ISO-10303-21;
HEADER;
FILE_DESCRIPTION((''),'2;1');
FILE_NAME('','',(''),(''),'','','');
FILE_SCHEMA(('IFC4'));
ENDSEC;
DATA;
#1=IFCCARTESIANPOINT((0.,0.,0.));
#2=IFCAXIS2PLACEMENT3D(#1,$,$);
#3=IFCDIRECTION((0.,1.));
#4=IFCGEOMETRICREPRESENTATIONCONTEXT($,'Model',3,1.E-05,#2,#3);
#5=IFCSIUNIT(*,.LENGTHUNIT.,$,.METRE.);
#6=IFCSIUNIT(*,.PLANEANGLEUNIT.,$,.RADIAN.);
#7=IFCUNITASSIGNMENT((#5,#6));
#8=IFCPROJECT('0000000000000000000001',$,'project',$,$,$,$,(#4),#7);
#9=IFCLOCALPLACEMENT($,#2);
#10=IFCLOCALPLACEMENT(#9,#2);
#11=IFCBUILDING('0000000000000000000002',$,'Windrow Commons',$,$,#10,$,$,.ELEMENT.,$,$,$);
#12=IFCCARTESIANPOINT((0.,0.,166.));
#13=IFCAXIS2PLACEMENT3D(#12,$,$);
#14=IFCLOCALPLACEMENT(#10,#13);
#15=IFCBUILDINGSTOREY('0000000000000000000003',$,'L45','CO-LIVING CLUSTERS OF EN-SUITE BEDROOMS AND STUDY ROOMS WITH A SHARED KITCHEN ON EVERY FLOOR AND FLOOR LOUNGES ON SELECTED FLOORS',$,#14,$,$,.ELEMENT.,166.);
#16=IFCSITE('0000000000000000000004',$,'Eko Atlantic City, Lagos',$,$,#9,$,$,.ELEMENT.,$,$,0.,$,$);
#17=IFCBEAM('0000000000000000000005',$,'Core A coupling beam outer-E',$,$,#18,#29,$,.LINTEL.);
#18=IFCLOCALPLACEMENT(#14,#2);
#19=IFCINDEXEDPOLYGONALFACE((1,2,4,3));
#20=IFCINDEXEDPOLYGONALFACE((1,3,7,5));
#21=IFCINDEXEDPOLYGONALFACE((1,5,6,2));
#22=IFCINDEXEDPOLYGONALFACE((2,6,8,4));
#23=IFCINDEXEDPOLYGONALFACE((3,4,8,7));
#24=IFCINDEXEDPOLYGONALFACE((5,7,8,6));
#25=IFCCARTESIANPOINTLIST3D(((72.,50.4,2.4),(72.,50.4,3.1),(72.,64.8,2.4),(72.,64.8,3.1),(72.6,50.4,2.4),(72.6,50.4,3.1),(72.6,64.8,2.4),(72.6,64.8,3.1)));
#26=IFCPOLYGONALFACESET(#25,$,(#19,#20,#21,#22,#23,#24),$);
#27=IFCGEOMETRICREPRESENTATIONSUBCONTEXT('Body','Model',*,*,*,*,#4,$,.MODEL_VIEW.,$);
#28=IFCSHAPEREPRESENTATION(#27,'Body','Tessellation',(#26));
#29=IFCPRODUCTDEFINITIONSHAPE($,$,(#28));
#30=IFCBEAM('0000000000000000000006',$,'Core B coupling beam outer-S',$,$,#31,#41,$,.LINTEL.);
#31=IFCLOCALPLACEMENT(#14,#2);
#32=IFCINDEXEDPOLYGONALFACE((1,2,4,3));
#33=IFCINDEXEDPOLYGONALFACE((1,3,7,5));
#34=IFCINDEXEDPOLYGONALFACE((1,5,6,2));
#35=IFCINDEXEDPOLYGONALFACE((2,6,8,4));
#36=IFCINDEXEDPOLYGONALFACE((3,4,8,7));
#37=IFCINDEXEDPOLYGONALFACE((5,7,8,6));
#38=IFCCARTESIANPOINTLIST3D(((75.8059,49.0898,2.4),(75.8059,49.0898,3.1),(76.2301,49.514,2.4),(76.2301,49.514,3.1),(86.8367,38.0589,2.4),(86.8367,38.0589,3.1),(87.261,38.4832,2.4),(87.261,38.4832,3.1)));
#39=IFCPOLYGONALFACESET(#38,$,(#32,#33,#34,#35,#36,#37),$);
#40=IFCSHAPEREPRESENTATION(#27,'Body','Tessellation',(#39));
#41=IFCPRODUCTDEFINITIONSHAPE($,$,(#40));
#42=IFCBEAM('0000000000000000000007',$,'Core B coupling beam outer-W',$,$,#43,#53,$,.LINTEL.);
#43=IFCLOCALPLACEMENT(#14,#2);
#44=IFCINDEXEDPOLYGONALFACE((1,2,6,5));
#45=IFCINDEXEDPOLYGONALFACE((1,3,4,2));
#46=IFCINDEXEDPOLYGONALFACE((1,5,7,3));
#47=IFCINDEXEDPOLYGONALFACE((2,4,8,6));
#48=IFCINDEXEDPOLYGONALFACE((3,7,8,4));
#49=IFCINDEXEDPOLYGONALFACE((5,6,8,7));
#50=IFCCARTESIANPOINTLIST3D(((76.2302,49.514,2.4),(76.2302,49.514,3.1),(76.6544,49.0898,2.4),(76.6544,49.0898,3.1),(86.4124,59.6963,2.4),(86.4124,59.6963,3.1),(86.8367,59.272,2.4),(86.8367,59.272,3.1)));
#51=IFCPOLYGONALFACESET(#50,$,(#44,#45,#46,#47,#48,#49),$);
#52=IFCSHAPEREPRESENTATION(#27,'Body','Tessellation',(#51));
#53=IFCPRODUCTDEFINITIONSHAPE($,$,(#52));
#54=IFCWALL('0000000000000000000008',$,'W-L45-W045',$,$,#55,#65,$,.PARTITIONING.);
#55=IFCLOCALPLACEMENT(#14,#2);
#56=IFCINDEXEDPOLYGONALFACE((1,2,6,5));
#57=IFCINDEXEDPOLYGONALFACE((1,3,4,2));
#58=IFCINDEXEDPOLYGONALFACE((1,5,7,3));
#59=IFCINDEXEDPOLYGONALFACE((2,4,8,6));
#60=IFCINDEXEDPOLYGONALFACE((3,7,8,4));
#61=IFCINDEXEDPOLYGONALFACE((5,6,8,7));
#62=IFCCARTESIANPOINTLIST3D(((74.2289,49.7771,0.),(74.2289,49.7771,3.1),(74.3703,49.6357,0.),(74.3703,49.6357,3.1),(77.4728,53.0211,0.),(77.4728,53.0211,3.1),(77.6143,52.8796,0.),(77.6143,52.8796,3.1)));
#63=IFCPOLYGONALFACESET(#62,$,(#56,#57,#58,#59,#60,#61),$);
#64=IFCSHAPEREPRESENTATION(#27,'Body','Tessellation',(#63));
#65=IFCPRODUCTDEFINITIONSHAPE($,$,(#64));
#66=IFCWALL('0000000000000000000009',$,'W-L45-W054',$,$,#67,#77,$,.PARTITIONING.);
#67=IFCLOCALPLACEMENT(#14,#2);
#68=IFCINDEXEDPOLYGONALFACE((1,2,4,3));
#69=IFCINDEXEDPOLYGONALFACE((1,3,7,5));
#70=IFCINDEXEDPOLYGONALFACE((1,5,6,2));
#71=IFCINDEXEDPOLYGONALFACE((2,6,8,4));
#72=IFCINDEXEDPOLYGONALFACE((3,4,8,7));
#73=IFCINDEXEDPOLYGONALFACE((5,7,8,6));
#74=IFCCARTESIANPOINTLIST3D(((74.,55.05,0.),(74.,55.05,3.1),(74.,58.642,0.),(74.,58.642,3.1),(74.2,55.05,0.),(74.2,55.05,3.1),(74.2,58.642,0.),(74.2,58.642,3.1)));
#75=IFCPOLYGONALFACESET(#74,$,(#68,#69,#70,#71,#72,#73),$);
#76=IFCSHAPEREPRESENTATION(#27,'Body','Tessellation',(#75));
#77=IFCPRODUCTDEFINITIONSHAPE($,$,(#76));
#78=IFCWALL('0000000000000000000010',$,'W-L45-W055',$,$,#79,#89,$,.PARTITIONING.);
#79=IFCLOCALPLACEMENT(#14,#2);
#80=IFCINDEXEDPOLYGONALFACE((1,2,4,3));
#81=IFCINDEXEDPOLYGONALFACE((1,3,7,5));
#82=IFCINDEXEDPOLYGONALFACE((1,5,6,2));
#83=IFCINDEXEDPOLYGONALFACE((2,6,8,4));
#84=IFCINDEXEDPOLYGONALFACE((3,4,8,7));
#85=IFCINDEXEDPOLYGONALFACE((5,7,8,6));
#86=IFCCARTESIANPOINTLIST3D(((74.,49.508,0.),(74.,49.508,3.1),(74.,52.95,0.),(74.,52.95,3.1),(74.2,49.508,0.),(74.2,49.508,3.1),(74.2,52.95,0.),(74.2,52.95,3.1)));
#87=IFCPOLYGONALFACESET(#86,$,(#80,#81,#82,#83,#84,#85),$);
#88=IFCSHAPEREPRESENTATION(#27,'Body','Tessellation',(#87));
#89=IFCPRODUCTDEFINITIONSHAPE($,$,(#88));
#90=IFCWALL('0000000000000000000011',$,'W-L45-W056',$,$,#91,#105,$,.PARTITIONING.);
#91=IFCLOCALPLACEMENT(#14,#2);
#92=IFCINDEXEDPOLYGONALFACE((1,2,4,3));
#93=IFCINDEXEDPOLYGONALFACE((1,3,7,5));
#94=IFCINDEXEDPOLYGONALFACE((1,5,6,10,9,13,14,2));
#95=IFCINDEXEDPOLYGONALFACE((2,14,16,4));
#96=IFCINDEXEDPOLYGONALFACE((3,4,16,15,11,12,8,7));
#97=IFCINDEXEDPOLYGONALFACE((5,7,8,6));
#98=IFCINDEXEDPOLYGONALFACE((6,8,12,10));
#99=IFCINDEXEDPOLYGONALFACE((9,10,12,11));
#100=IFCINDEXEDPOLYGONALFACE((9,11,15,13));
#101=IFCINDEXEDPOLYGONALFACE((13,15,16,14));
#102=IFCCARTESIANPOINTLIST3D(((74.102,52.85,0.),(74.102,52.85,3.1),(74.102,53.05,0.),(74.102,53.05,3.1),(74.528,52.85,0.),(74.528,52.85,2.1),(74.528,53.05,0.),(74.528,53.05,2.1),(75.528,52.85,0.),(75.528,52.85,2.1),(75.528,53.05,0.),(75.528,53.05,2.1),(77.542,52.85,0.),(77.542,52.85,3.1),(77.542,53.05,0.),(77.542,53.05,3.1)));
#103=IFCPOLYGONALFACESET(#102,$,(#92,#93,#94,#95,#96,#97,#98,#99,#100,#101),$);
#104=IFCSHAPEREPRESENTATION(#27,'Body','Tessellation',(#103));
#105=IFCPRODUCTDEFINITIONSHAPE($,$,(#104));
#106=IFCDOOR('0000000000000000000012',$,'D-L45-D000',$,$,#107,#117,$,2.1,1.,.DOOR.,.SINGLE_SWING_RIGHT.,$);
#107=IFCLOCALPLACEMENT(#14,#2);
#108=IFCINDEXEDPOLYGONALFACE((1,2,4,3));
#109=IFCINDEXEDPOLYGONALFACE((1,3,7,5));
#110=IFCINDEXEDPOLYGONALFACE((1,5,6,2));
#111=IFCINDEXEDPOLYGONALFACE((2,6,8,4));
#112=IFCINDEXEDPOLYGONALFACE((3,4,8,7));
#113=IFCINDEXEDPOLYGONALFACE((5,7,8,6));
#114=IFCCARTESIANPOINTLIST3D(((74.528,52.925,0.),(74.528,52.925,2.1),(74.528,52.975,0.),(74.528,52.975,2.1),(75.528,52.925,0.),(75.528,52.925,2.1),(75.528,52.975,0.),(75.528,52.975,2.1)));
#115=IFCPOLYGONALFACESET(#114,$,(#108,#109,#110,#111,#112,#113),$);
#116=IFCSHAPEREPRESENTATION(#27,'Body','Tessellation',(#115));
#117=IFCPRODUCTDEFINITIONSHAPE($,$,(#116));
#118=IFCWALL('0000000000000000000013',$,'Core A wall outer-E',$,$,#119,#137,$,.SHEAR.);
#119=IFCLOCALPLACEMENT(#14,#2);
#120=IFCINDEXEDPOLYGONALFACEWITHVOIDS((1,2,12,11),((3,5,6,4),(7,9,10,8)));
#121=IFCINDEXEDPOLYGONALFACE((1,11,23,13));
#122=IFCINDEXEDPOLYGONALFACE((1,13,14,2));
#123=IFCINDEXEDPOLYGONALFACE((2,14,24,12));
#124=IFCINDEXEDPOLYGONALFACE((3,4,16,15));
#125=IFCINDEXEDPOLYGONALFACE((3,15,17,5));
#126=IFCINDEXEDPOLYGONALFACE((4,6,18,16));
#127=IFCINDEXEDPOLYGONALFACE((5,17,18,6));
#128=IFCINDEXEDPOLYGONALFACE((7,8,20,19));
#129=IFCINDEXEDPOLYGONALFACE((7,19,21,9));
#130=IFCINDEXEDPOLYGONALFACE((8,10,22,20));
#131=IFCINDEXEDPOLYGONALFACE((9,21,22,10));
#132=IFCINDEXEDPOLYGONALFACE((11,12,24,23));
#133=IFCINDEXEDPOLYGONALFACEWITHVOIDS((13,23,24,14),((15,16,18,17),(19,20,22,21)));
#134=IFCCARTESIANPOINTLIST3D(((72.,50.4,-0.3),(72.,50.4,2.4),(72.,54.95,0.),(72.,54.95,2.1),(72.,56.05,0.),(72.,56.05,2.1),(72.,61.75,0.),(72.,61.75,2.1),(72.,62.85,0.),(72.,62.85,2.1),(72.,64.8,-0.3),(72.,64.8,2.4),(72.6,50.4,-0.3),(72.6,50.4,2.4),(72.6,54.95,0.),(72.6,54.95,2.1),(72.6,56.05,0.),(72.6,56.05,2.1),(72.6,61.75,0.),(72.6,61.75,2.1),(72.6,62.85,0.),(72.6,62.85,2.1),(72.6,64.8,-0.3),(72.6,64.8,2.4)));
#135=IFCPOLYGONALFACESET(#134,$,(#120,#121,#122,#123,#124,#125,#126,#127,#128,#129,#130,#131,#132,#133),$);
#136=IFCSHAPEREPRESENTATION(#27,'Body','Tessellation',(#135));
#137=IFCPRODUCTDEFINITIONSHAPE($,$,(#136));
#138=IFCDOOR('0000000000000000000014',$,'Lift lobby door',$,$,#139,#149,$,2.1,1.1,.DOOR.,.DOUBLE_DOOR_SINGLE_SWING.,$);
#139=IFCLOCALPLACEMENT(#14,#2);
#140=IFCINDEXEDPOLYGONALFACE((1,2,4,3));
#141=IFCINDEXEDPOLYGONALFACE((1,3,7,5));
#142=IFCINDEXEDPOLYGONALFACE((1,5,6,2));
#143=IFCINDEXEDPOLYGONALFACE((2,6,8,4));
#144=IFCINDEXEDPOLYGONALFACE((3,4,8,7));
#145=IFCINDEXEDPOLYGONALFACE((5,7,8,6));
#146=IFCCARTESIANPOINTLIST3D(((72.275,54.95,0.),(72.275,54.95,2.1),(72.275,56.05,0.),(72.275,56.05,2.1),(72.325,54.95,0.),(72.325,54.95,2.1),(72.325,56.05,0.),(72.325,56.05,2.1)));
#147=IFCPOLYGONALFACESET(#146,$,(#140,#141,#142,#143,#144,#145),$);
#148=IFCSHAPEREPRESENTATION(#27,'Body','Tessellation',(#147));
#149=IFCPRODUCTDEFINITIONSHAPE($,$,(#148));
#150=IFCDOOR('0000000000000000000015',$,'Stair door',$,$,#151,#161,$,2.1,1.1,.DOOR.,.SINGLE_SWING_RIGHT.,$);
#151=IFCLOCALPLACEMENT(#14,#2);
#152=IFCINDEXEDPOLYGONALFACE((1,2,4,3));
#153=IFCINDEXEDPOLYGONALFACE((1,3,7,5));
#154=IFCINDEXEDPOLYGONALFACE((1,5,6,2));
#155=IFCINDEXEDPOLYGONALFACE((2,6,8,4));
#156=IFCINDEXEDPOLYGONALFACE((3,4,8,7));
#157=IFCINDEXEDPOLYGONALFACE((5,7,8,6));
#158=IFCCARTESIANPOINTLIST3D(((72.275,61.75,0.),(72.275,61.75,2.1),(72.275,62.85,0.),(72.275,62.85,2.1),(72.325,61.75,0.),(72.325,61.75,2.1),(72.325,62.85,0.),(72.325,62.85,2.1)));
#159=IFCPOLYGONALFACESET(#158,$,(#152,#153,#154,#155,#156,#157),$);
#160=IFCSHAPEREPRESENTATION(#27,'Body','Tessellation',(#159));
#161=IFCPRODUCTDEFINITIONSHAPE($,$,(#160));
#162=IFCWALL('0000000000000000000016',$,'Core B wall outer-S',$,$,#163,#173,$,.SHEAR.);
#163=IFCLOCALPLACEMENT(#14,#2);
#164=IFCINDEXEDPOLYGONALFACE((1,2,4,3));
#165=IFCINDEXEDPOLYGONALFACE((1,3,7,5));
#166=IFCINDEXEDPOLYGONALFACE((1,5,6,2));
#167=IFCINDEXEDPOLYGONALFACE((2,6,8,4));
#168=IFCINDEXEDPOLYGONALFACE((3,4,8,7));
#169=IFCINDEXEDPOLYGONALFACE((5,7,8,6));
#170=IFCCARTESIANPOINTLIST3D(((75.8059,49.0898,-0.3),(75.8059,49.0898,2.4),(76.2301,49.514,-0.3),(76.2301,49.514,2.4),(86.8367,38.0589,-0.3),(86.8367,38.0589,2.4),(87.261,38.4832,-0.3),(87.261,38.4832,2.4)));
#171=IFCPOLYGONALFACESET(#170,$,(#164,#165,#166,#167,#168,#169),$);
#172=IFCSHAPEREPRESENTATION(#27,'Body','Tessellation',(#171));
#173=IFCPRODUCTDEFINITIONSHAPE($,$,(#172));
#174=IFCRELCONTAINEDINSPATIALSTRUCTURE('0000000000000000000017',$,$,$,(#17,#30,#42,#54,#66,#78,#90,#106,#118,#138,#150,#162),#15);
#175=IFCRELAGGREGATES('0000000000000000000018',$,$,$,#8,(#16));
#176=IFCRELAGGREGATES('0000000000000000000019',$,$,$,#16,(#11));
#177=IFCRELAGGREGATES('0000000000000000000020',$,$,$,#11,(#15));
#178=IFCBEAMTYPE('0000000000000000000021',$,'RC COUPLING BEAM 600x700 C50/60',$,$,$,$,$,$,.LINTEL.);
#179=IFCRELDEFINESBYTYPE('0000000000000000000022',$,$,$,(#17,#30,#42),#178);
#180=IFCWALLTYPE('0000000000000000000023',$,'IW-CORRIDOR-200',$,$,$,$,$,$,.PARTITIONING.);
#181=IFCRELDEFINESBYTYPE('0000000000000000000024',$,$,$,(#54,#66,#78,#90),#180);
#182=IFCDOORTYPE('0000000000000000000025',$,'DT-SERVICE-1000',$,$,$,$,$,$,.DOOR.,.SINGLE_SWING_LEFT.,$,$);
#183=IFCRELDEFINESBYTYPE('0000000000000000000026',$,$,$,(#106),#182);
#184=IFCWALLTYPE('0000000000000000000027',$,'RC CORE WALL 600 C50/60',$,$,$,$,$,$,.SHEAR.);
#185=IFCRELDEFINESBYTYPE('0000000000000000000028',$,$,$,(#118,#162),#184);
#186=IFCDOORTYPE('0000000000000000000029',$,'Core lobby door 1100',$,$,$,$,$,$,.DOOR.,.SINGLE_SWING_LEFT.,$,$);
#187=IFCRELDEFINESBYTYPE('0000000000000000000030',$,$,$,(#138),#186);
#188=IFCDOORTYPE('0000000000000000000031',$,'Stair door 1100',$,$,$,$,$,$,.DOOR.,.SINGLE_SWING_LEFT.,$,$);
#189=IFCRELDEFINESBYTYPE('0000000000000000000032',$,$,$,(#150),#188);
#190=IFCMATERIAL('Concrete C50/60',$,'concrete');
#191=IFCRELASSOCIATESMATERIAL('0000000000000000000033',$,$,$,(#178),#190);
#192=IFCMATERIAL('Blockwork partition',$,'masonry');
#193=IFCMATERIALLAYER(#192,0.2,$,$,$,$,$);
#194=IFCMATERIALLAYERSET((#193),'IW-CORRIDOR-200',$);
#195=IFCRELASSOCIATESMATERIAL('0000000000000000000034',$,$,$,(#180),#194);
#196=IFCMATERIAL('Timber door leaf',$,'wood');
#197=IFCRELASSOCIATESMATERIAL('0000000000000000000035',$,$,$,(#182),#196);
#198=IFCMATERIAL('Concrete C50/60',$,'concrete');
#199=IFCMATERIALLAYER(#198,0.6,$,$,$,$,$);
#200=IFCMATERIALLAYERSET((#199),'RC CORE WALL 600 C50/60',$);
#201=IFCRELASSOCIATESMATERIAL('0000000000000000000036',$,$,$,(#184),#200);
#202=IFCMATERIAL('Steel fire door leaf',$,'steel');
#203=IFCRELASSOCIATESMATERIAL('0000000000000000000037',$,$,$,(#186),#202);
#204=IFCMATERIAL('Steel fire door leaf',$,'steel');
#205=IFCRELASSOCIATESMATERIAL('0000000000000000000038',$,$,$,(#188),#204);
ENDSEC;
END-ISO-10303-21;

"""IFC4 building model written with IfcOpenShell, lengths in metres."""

from ifc_helpers import new_model, si_unit, direction, frame, frame_2d, origin, origin_2d, place, context, subcontext, project, spatial, rectangle, extrude, material, layer, layer_set, material_profile, profile_set, type_object, element, fill, save


model = new_model("IFC4")

# Units and contexts
model_context = context("Model", 3, precision=1e-05, world=origin(), true_north=direction((0.0, 1.0)))
body_context = subcontext(model_context, "Body", "Model", "MODEL_VIEW")
ifc_project = project(units=[si_unit("LENGTHUNIT", "METRE"), si_unit("PLANEANGLEUNIT", "RADIAN")], contexts=[model_context])

# Site, building, storey
site_placement = place(None, origin())
site = spatial("IfcSite", under=ifc_project, at=site_placement, Name="Eko Atlantic City, Lagos", CompositionType="ELEMENT", RefElevation=0.0)
building_placement = place(site_placement, origin())
building = spatial("IfcBuilding", under=site, at=building_placement, Name="Windrow Commons", CompositionType="ELEMENT")
storey_placement = place(building_placement, frame((0.0, 0.0, 166.0)))
storey = spatial("IfcBuildingStorey", under=building, at=storey_placement, Name="L45", Description="CO-LIVING CLUSTERS OF EN-SUITE BEDROOMS AND STUDY ROOMS WITH A SHARED KITCHEN ON EVERY FLOOR AND FLOOR LOUNGES ON SELECTED FLOORS", CompositionType="ELEMENT", Elevation=166.0)

# Beams
ifc_material_1 = material(Name="Concrete C50/60", Category="concrete")
ifc_material_profile = material_profile(ifc_material_1, rectangle(XDim=0.6, YDim=0.7, at=origin_2d()))
ifc_profile_set = profile_set([ifc_material_profile], Name="Concrete C50/60")
beam_type = type_object("IfcBeamType", Name="RC COUPLING BEAM 600x700 C50/60", PredefinedType="LINTEL", material=ifc_profile_set)
beam_1_placement = place(storey_placement, frame((72.3, 50.4, 2.75), z_axis=(0.0, 1.0, 0.0), x_axis=(-1.0, 0.0, 0.0)))
element("IfcBeam", 1, at=beam_1_placement, inside=storey, type_object=beam_type, Name="Core A coupling beam outer-E", PredefinedType="LINTEL", context=body_context, shape_type="SweptSolid", body=[
    extrude(rectangle(XDim=0.6, YDim=0.7, at=origin_2d()), origin(), (0.0, 0.0, 1.0), 14.4),
])
beam_2_placement = place(storey_placement, frame((76.018, 49.3019, 2.75), z_axis=(0.707107, -0.707107, 0.0), x_axis=(0.707107, 0.707107, 0.0)))
element("IfcBeam", 2, at=beam_2_placement, inside=storey, type_object=beam_type, Name="Core B coupling beam outer-S", PredefinedType="LINTEL", context=body_context, shape_type="SweptSolid", body=[
    extrude(rectangle(XDim=0.6, YDim=0.7, at=origin_2d()), origin(), (0.0, 0.0, 1.0), 15.6),
])
beam_3_placement = place(storey_placement, frame((76.4423, 49.3019, 2.75), z_axis=(0.707107, 0.707107, 0.0), x_axis=(-0.707107, 0.707107, 0.0)))
element("IfcBeam", 3, at=beam_3_placement, inside=storey, type_object=beam_type, Name="Core B coupling beam outer-W", PredefinedType="LINTEL", context=body_context, shape_type="SweptSolid", body=[
    extrude(rectangle(XDim=0.6, YDim=0.7, at=origin_2d()), origin(), (0.0, 0.0, 1.0), 14.3999),
])

# Walls
ifc_material_2 = material(Name="Blockwork partition", Category="masonry")
ifc_layer_1 = layer(ifc_material_2, 0.2)
ifc_layer_set_1 = layer_set([ifc_layer_1], Name="IW-CORRIDOR-200")
wall_type_1 = type_object("IfcWallType", Name="IW-CORRIDOR-200", PredefinedType="PARTITIONING", material=ifc_layer_set_1)
wall_1_placement = place(storey_placement, frame((74.2996, 49.7064, 0.0), z_axis=(0.0, 0.0, 1.0), x_axis=(0.707107, 0.707107, 0.0)))
element("IfcWall", 4, at=wall_1_placement, inside=storey, type_object=wall_type_1, Name="W-L45-W045", PredefinedType="PARTITIONING", context=body_context, shape_type="SweptSolid", body=[
    extrude(rectangle(XDim=4.5877, YDim=0.2, at=frame_2d((2.2938, 0.0))), origin(), (0.0, 0.0, 1.0), 3.1),
])
wall_2_placement = place(storey_placement, frame((74.1, 55.05, 0.0), z_axis=(0.0, 0.0, 1.0), x_axis=(0.0, 1.0, 0.0)))
element("IfcWall", 5, at=wall_2_placement, inside=storey, type_object=wall_type_1, Name="W-L45-W054", PredefinedType="PARTITIONING", context=body_context, shape_type="SweptSolid", body=[
    extrude(rectangle(XDim=3.592, YDim=0.2, at=frame_2d((1.796, 0.0))), origin(), (0.0, 0.0, 1.0), 3.1),
])
wall_3_placement = place(storey_placement, frame((74.1, 49.508, 0.0), z_axis=(0.0, 0.0, 1.0), x_axis=(0.0, 1.0, 0.0)))
element("IfcWall", 6, at=wall_3_placement, inside=storey, type_object=wall_type_1, Name="W-L45-W055", PredefinedType="PARTITIONING", context=body_context, shape_type="SweptSolid", body=[
    extrude(rectangle(XDim=3.442, YDim=0.2, at=frame_2d((1.721, 0.0))), origin(), (0.0, 0.0, 1.0), 3.1),
])

# Wall, opening, door
wall_4_placement = place(storey_placement, frame((74.102, 52.95, 0.0), z_axis=(0.0, 0.0, 1.0), x_axis=(1.0, 0.0, 0.0)))
wall_4 = element("IfcWall", 7, at=wall_4_placement, inside=storey, type_object=wall_type_1, Name="W-L45-W056", PredefinedType="PARTITIONING", context=body_context, shape_type="SweptSolid", body=[
    extrude(rectangle(XDim=3.44, YDim=0.2, at=frame_2d((1.72, 0.0))), origin(), (0.0, 0.0, 1.0), 3.1),
])
opening_1_placement = place(wall_4_placement, frame((0.426, 0.0, 0.0)))
opening_1 = element("IfcOpeningElement", 8, at=opening_1_placement, cuts=wall_4, PredefinedType="OPENING", context=body_context, shape_type="SweptSolid", body=[
    extrude(rectangle(XDim=1.0, YDim=2.1, at=frame_2d((0.5, 1.05))), frame((0.0, 0.11, 0.0), z_axis=(0.0, -1.0, 0.0), x_axis=(1.0, 0.0, 0.0)), (0.0, 0.0, 1.0), 0.22),
])
ifc_material_3 = material(Name="Timber door leaf", Category="wood")
door_type_1 = type_object("IfcDoorType", Name="DT-SERVICE-1000", OperationType="SINGLE_SWING_LEFT", PredefinedType="DOOR", material=ifc_material_3)
door_1_placement = place(opening_1_placement, origin())
door_1 = element("IfcDoor", 9, at=door_1_placement, inside=storey, type_object=door_type_1, Name="D-L45-D000", OperationType="SINGLE_SWING_RIGHT", OverallHeight=2.1, OverallWidth=1.0, PredefinedType="DOOR", context=body_context, shape_type="SweptSolid", body=[
    extrude(rectangle(XDim=1.0, YDim=2.1, at=frame_2d((0.5, 1.05))), frame((0.0, 0.025, 0.0), z_axis=(0.0, -1.0, 0.0), x_axis=(1.0, 0.0, 0.0)), (0.0, 0.0, 1.0), 0.05),
])
fill(opening_1, door_1)

# Wall, openings, doors
ifc_material_4 = material(Name="Concrete C50/60", Category="concrete")
ifc_layer_2 = layer(ifc_material_4, 0.6)
ifc_layer_set_2 = layer_set([ifc_layer_2], Name="RC CORE WALL 600 C50/60")
wall_type_2 = type_object("IfcWallType", Name="RC CORE WALL 600 C50/60", PredefinedType="SHEAR", material=ifc_layer_set_2)
wall_5_placement = place(storey_placement, frame((72.3, 50.4, -0.3), z_axis=(0.0, 0.0, 1.0), x_axis=(0.0, 1.0, 0.0)))
wall_5 = element("IfcWall", 10, at=wall_5_placement, inside=storey, type_object=wall_type_2, Name="Core A wall outer-E", PredefinedType="SHEAR", context=body_context, shape_type="SweptSolid", body=[
    extrude(rectangle(XDim=14.4, YDim=0.6, at=frame_2d((7.2, 0.0))), origin(), (0.0, 0.0, 1.0), 2.7),
])
opening_2_placement = place(wall_5_placement, frame((4.55, 0.0, 0.3)))
opening_2 = element("IfcOpeningElement", 11, at=opening_2_placement, cuts=wall_5, PredefinedType="OPENING", context=body_context, shape_type="SweptSolid", body=[
    extrude(rectangle(XDim=1.1, YDim=2.1, at=frame_2d((0.55, 1.05))), frame((0.0, 0.31, 0.0), z_axis=(0.0, -1.0, 0.0), x_axis=(1.0, 0.0, 0.0)), (0.0, 0.0, 1.0), 0.62),
])
opening_3_placement = place(wall_5_placement, frame((11.35, 0.0, 0.3)))
opening_3 = element("IfcOpeningElement", 12, at=opening_3_placement, cuts=wall_5, PredefinedType="OPENING", context=body_context, shape_type="SweptSolid", body=[
    extrude(rectangle(XDim=1.1, YDim=2.1, at=frame_2d((0.55, 1.05))), frame((0.0, 0.31, 0.0), z_axis=(0.0, -1.0, 0.0), x_axis=(1.0, 0.0, 0.0)), (0.0, 0.0, 1.0), 0.62),
])
ifc_material_5 = material(Name="Steel fire door leaf", Category="steel")
door_type_2 = type_object("IfcDoorType", Name="Core lobby door 1100", OperationType="SINGLE_SWING_LEFT", PredefinedType="DOOR", material=ifc_material_5)
door_2_placement = place(opening_2_placement, origin())
door_2 = element("IfcDoor", 13, at=door_2_placement, inside=storey, type_object=door_type_2, Name="Lift lobby door", OperationType="DOUBLE_DOOR_SINGLE_SWING", OverallHeight=2.1, OverallWidth=1.1, PredefinedType="DOOR", context=body_context, shape_type="SweptSolid", body=[
    extrude(rectangle(XDim=1.1, YDim=2.1, at=frame_2d((0.55, 1.05))), frame((0.0, 0.025, 0.0), z_axis=(0.0, -1.0, 0.0), x_axis=(1.0, 0.0, 0.0)), (0.0, 0.0, 1.0), 0.05),
])
fill(opening_2, door_2)
ifc_material_6 = material(Name="Steel fire door leaf", Category="steel")
door_type_3 = type_object("IfcDoorType", Name="Stair door 1100", OperationType="SINGLE_SWING_LEFT", PredefinedType="DOOR", material=ifc_material_6)
door_3_placement = place(opening_3_placement, origin())
door_3 = element("IfcDoor", 14, at=door_3_placement, inside=storey, type_object=door_type_3, Name="Stair door", OperationType="SINGLE_SWING_RIGHT", OverallHeight=2.1, OverallWidth=1.1, PredefinedType="DOOR", context=body_context, shape_type="SweptSolid", body=[
    extrude(rectangle(XDim=1.1, YDim=2.1, at=frame_2d((0.55, 1.05))), frame((0.0, 0.025, 0.0), z_axis=(0.0, -1.0, 0.0), x_axis=(1.0, 0.0, 0.0)), (0.0, 0.0, 1.0), 0.05),
])
fill(opening_3, door_3)

# Wall
wall_6_placement = place(storey_placement, frame((76.018, 49.3019, -0.3), z_axis=(0.0, 0.0, 1.0), x_axis=(0.707107, -0.707107, 0.0)))
element("IfcWall", 15, at=wall_6_placement, inside=storey, type_object=wall_type_2, Name="Core B wall outer-S", PredefinedType="SHEAR", context=body_context, shape_type="SweptSolid", body=[
    extrude(rectangle(XDim=15.6, YDim=0.6, at=frame_2d((7.8, 0.0))), origin(), (0.0, 0.0, 1.0), 2.7),
])

save(model, "model.ifc")
